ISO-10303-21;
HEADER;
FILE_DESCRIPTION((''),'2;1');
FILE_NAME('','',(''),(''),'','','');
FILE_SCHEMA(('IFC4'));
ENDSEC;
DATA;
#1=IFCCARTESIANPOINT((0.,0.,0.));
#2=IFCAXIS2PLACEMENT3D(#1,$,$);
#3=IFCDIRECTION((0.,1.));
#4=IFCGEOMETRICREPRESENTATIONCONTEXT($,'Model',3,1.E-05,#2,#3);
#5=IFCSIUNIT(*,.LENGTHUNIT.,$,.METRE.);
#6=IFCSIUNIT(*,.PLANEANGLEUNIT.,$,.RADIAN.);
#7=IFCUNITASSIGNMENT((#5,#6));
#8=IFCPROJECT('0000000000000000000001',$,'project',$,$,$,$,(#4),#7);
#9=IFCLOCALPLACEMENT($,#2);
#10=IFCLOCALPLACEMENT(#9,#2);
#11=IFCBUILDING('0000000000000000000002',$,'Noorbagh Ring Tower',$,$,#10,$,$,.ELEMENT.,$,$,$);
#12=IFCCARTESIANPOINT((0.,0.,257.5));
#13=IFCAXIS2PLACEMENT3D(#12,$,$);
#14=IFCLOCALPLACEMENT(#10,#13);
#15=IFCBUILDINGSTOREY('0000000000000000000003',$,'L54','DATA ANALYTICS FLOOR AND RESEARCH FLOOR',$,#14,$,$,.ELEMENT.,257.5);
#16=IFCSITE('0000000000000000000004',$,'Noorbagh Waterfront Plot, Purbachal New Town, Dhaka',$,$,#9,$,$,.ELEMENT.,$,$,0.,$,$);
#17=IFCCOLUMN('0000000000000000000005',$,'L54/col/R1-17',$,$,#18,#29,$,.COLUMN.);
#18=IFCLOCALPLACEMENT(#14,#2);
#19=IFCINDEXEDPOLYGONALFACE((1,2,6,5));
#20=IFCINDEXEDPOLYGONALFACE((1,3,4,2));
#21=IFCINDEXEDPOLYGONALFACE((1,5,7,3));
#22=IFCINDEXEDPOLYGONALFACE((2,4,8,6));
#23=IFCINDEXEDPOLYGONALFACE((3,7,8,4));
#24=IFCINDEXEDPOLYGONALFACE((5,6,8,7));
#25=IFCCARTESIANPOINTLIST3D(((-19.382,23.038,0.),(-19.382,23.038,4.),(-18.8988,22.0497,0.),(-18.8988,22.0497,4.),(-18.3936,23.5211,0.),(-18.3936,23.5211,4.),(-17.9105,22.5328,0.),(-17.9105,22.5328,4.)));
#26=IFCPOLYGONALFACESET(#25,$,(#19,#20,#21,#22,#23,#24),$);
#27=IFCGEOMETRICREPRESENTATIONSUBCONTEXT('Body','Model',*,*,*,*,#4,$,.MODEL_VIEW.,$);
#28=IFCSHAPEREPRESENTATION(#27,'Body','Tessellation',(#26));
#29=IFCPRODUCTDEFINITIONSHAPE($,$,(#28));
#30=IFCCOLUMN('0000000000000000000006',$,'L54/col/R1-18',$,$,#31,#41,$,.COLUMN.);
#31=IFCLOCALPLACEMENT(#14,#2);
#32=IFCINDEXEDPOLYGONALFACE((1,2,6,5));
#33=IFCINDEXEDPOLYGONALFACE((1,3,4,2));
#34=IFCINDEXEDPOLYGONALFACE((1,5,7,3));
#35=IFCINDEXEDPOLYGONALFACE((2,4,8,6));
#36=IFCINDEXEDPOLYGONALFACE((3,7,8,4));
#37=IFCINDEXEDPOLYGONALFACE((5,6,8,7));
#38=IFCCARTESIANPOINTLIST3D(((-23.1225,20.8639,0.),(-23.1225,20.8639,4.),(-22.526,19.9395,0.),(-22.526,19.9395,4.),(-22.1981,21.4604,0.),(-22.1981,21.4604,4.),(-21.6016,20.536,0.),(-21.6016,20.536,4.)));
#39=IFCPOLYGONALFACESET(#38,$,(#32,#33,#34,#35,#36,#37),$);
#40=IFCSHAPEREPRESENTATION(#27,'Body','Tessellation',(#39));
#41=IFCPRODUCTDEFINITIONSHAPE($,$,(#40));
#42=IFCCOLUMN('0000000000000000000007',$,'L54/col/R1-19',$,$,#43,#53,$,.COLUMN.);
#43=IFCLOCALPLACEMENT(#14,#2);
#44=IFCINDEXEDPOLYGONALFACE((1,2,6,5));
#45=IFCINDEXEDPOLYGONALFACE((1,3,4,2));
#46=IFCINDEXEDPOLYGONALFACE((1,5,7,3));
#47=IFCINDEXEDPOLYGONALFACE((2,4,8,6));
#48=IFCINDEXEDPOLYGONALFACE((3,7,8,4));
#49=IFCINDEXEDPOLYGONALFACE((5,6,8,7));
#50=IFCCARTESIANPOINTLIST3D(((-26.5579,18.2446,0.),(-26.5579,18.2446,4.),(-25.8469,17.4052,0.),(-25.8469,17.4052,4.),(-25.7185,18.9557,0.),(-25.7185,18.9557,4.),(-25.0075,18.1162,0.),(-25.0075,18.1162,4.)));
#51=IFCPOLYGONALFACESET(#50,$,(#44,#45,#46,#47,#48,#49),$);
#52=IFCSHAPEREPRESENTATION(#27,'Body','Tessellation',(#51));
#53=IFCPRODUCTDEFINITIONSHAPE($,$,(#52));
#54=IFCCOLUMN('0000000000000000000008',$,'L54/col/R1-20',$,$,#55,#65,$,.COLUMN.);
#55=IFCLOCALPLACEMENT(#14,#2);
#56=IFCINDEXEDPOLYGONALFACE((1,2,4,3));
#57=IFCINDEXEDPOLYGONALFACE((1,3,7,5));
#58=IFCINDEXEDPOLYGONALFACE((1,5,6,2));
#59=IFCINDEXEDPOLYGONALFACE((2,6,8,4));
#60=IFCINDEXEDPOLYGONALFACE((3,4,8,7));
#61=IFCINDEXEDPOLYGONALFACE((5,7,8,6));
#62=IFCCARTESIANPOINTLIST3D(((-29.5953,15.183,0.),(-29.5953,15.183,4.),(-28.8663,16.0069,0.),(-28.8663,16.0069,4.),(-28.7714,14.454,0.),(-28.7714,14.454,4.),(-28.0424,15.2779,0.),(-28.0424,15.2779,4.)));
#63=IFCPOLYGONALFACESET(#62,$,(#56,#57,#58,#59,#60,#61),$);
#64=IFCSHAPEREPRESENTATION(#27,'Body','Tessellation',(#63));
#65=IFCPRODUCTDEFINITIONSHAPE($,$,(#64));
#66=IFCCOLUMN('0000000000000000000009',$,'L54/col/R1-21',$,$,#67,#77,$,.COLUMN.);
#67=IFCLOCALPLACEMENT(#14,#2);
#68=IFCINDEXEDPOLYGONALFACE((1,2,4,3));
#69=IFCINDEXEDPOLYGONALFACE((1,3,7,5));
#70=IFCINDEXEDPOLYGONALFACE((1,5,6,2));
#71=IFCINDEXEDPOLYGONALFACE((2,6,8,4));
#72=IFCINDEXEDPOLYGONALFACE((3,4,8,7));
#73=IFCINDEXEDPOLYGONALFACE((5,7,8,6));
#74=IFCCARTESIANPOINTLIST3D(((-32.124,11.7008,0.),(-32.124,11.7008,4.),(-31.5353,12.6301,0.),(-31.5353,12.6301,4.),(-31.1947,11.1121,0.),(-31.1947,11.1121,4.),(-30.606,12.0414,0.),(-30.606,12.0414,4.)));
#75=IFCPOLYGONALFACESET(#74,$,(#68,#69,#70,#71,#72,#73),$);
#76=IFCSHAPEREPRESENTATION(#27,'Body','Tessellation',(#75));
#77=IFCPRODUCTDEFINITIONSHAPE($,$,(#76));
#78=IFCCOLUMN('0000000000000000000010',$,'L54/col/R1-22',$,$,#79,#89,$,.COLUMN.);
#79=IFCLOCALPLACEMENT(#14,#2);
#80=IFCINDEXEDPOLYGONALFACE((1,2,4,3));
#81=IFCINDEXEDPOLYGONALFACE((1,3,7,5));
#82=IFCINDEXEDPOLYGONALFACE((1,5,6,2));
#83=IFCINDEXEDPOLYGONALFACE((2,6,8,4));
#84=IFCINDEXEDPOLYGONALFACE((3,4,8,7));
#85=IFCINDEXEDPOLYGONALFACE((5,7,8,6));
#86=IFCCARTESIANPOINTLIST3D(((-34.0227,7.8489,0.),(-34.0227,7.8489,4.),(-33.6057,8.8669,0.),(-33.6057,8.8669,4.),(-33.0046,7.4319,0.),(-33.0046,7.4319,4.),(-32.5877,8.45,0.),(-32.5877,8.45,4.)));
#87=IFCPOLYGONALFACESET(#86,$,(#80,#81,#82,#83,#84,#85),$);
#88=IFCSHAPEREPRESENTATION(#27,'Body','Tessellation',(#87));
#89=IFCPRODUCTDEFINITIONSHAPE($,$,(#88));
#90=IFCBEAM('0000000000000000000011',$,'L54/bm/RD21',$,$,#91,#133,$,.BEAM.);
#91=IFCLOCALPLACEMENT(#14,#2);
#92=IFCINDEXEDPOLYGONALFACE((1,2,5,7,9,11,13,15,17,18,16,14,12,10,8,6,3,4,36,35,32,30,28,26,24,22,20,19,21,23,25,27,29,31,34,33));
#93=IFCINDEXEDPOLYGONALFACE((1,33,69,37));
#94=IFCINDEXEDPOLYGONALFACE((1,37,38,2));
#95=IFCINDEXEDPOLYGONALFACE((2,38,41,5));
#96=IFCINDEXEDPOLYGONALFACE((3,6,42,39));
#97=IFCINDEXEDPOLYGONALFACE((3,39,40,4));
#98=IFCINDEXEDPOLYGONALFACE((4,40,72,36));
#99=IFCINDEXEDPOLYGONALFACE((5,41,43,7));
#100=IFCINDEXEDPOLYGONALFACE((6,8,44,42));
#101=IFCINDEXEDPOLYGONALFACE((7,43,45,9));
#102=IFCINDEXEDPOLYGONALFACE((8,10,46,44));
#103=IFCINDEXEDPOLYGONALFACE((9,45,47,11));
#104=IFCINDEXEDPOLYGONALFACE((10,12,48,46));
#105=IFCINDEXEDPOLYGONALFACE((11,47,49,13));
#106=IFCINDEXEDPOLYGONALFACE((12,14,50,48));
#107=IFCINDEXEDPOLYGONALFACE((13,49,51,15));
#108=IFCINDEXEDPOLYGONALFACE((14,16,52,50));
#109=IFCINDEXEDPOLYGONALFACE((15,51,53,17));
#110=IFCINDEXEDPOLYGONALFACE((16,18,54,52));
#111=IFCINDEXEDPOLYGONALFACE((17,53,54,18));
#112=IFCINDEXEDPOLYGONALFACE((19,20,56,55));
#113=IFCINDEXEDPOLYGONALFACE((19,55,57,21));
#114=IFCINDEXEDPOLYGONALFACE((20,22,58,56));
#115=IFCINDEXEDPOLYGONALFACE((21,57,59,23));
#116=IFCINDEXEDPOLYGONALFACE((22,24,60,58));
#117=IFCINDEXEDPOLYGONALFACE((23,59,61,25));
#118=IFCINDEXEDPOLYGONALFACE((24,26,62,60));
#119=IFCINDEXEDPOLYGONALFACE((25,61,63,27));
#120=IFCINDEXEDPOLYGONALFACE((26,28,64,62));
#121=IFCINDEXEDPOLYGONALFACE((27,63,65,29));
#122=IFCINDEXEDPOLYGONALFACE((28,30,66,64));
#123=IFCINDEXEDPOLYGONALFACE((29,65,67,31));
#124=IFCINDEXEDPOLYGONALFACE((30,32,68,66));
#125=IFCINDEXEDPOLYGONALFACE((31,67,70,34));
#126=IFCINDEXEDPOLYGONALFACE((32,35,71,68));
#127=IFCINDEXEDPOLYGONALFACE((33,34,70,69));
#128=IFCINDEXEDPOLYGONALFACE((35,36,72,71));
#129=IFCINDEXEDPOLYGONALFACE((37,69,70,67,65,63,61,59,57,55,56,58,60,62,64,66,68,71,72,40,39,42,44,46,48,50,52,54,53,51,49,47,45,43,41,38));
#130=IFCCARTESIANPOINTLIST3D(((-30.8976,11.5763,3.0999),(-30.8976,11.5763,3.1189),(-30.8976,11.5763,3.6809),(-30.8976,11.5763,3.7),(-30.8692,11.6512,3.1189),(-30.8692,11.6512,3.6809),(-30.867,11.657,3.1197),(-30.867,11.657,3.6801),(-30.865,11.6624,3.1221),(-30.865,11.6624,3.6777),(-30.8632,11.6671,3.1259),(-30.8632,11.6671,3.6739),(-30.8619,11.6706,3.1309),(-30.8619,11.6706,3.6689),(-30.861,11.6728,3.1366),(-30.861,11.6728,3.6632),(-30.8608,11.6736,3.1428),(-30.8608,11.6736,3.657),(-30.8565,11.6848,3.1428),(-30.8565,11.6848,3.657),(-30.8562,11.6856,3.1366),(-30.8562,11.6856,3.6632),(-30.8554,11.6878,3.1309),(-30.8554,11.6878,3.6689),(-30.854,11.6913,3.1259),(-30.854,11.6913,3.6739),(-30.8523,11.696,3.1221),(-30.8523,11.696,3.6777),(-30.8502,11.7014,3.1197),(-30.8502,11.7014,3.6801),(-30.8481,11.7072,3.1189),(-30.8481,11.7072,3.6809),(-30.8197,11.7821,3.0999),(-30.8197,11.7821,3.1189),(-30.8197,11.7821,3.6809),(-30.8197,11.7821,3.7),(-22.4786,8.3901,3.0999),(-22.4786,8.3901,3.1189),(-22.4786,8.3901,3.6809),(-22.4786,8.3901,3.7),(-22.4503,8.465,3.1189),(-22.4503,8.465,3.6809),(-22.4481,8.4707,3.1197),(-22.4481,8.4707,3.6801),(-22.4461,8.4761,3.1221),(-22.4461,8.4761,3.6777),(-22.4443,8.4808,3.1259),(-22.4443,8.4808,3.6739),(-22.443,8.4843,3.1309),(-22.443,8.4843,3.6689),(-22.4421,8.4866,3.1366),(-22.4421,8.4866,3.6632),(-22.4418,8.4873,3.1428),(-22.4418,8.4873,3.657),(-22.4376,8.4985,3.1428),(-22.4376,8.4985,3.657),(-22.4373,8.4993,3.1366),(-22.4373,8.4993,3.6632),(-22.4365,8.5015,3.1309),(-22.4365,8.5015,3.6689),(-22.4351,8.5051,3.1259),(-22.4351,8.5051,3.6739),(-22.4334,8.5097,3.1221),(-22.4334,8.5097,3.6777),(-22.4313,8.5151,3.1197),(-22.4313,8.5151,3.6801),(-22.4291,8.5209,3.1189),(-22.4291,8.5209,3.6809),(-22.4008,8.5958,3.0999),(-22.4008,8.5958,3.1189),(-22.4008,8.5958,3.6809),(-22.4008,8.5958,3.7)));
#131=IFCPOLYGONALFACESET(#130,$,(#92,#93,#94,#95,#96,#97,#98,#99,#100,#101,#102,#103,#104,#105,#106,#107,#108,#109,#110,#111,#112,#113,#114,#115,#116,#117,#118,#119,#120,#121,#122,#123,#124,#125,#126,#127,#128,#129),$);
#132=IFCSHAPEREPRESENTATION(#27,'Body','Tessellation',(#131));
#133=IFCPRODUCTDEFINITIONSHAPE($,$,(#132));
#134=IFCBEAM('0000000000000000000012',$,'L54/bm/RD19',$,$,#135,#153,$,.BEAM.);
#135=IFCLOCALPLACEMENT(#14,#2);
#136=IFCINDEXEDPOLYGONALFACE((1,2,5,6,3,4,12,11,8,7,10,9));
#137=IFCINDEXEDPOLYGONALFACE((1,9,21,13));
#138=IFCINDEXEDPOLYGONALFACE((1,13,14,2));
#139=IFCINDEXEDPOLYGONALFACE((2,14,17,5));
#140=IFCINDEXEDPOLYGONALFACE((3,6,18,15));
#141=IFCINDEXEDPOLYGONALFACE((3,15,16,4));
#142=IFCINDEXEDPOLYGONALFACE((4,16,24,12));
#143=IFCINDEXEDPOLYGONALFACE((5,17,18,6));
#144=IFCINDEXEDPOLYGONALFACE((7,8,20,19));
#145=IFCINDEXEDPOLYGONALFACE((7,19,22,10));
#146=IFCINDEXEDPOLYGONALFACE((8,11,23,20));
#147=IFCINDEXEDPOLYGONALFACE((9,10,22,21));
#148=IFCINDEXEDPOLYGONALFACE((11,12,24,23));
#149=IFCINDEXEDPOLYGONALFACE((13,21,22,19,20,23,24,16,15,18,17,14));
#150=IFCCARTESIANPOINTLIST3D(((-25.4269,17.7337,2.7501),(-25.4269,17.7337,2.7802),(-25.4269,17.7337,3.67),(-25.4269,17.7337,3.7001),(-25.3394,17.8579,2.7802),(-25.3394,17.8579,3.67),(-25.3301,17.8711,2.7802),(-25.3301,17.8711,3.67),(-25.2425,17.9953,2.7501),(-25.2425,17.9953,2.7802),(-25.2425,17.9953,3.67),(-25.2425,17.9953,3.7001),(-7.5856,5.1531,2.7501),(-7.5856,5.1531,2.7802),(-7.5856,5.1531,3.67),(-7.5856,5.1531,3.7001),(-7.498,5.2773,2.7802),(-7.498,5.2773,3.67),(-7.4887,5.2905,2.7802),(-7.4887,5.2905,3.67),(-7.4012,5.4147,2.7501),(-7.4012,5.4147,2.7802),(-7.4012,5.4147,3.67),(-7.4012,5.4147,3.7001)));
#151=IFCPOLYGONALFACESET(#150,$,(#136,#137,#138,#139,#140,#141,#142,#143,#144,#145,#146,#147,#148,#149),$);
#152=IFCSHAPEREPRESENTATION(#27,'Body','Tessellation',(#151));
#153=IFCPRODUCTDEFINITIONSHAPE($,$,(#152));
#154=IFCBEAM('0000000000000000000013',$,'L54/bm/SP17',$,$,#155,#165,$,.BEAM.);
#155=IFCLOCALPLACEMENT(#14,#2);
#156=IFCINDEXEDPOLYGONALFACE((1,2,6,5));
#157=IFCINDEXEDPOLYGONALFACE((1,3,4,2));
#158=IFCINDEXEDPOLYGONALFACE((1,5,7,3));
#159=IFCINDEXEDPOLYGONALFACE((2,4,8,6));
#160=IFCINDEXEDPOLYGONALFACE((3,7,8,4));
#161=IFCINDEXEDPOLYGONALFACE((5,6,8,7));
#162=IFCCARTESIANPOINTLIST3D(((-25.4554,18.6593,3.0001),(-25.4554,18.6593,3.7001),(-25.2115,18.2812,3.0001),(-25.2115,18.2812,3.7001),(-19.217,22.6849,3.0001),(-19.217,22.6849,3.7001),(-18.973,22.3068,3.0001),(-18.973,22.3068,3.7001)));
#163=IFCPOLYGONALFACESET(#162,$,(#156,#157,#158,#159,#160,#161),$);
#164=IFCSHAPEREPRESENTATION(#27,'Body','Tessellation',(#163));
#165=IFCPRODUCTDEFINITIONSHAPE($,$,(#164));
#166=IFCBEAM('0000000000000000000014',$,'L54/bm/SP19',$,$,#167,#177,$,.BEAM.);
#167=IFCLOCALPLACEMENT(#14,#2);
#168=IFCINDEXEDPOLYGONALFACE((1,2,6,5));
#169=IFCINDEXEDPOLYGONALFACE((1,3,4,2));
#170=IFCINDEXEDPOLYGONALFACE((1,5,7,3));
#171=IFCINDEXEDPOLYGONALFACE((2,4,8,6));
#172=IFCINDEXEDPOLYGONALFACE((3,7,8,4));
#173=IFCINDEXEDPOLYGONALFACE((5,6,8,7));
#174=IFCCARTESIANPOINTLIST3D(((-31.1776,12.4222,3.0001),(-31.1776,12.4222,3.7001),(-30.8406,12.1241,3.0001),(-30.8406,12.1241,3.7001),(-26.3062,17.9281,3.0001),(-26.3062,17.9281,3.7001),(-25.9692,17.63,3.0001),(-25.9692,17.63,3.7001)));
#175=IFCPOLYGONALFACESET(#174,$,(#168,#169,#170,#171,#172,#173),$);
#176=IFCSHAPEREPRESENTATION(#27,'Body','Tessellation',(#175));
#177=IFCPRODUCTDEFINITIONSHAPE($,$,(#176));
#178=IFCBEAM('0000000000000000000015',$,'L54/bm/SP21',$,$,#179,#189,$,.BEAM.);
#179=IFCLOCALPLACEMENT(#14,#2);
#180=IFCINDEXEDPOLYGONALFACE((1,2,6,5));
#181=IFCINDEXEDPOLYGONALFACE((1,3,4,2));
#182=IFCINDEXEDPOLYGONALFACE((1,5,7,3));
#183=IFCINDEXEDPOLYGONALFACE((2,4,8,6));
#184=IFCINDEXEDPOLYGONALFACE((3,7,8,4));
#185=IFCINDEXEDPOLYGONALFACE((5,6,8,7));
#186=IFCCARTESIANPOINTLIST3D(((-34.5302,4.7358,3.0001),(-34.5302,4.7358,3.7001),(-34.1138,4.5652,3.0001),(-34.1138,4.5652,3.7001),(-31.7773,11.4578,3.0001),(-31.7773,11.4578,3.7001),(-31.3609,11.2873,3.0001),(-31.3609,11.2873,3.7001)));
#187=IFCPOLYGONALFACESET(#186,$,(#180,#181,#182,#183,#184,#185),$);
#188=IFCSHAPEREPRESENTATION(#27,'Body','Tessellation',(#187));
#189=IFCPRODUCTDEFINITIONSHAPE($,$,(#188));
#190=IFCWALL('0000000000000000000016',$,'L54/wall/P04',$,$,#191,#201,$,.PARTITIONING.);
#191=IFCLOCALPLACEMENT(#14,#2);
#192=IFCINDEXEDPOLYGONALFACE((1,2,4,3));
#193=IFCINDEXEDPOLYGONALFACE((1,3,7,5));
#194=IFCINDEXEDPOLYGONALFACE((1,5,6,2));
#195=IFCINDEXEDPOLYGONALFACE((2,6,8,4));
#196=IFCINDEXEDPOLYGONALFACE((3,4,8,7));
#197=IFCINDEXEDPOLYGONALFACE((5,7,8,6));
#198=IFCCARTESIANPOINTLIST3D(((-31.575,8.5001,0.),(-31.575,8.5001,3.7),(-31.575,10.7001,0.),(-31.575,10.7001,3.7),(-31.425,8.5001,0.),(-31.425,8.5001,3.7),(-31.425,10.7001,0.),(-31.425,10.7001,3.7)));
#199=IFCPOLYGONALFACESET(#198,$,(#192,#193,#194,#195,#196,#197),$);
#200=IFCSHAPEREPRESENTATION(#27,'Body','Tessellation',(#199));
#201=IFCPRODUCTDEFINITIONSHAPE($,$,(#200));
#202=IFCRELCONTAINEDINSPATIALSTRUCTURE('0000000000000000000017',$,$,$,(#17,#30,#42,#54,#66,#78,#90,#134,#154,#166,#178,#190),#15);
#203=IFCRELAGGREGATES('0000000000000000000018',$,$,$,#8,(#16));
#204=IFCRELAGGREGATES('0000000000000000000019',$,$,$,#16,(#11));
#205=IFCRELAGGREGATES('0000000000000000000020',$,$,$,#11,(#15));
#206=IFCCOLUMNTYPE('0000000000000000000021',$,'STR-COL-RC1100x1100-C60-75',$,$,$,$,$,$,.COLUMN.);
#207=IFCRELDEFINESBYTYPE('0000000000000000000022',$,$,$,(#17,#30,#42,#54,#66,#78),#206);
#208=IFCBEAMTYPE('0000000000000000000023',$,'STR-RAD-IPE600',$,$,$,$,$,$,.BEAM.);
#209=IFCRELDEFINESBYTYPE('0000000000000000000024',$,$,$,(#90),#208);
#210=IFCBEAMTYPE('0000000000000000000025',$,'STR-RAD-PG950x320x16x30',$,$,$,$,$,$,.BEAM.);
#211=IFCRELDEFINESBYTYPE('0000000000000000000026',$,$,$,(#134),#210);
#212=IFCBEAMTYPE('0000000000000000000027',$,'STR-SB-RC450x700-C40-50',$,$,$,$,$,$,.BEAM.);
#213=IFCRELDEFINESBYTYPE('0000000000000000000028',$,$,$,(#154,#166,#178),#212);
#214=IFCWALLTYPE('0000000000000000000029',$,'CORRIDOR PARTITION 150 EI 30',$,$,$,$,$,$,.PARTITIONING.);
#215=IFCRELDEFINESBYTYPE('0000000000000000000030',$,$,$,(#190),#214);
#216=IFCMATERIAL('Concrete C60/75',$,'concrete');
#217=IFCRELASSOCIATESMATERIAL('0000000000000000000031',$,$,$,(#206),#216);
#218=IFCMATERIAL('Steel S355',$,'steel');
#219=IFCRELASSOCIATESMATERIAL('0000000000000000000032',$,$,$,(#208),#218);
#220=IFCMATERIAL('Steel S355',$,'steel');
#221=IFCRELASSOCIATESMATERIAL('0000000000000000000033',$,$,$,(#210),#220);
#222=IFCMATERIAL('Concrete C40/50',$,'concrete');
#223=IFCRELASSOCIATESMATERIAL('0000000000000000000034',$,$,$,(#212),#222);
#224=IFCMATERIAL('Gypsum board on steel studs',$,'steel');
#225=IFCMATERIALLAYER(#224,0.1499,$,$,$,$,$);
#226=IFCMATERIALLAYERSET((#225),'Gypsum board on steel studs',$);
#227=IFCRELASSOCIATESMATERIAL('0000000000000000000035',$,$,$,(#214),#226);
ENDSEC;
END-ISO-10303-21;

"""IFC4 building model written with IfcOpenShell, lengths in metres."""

from ifc_helpers import new_model, si_unit, direction, frame, frame_2d, origin, origin_2d, place, context, subcontext, project, spatial, rectangle, i_section, extrude, material, layer, layer_set, material_profile, profile_set, type_object, element, save


model = new_model("IFC4")

# Units and contexts
model_context = context("Model", 3, precision=1e-05, world=origin(), true_north=direction((0.0, 1.0)))
body_context = subcontext(model_context, "Body", "Model", "MODEL_VIEW")
ifc_project = project(units=[si_unit("LENGTHUNIT", "METRE"), si_unit("PLANEANGLEUNIT", "RADIAN")], contexts=[model_context])

# Site, building, storey
site_placement = place(None, origin())
site = spatial("IfcSite", under=ifc_project, at=site_placement, Name="Noorbagh Waterfront Plot, Purbachal New Town, Dhaka", CompositionType="ELEMENT", RefElevation=0.0)
building_placement = place(site_placement, origin())
building = spatial("IfcBuilding", under=site, at=building_placement, Name="Noorbagh Ring Tower", CompositionType="ELEMENT")
storey_placement = place(building_placement, frame((0.0, 0.0, 257.5)))
storey = spatial("IfcBuildingStorey", under=building, at=storey_placement, Name="L54", Description="DATA ANALYTICS FLOOR AND RESEARCH FLOOR", CompositionType="ELEMENT", Elevation=257.5)

# Columns
ifc_material_1 = material(Name="Concrete C60/75", Category="concrete")
ifc_material_profile_1 = material_profile(ifc_material_1, rectangle(XDim=1.1001, YDim=1.1001, at=origin_2d()), Name="RC1100x1100")
ifc_profile_set_1 = profile_set([ifc_material_profile_1], Name="Concrete C60/75")
column_type = type_object("IfcColumnType", Name="STR-COL-RC1100x1100-C60-75", PredefinedType="COLUMN", material=ifc_profile_set_1)
for number, where, z_axis, x_axis, name in (
    (1, (-18.6462, 22.7854, 0.0), (0.0, 0.0, 1.0), (-0.898399, -0.43918, 0.0), "L54/col/R1-17"),
    (2, (-22.3621, 20.7, 0.0), (0.0, 0.0, 1.0), (-0.840248, -0.542203, 0.0), "L54/col/R1-18"),
    (3, (-25.7827, 18.1804, 0.0), (0.0, 0.0, 1.0), (-0.763035, -0.646357, 0.0), "L54/col/R1-19"),
    (4, (-28.8188, 15.2305, 0.0), (0.0, 0.0, 1.0), (-0.662636, -0.748942, 0.0), "L54/col/R1-20"),
    (5, (-31.365, 11.8711, 0.0), (0.0, 0.0, 1.0), (-0.53519, -0.844731, 0.0), "L54/col/R1-21"),
    (6, (-33.3052, 8.1494, 0.0), (0.0, 0.0, 1.0), (-0.378989, -0.925401, 0.0), "L54/col/R1-22"),
):
    element("IfcColumn", number, at=place(storey_placement, frame(where, z_axis=z_axis, x_axis=x_axis)), inside=storey, type_object=column_type, Name=name, PredefinedType="COLUMN", context=body_context, shape_type="SweptSolid", body=[
        extrude(rectangle(XDim=1.1001, YDim=1.1001, at=origin_2d()), origin(), (0.0, 0.0, 1.0), 4.0),
    ])

# Beams
ifc_material_2 = material(Name="Steel S355", Category="steel")
ifc_material_profile_2 = material_profile(ifc_material_2, i_section(OverallWidth=0.22, OverallDepth=0.6001, WebThickness=0.012, FlangeThickness=0.019, FilletRadius=0.0239, at=origin_2d()), Name="IPE600")
ifc_profile_set_2 = profile_set([ifc_material_profile_2], Name="Steel S355")
beam_type_1 = type_object("IfcBeamType", Name="STR-RAD-IPE600", PredefinedType="BEAM", material=ifc_profile_set_2)
beam_1_placement = place(storey_placement, frame((-30.8586, 11.6792, 3.3999), z_axis=(0.935259, -0.353963, 0.0), x_axis=(0.353963, 0.935259, 0.0)))
element("IfcBeam", 7, at=beam_1_placement, inside=storey, type_object=beam_type_1, Name="L54/bm/RD21", PredefinedType="BEAM", context=body_context, shape_type="SweptSolid", body=[
    extrude(i_section(OverallWidth=0.22, OverallDepth=0.6001, WebThickness=0.012, FlangeThickness=0.019, FilletRadius=0.0239, at=origin_2d()), origin(), (0.0, 0.0, 1.0), 9.0017),
])
ifc_material_3 = material(Name="Steel S355", Category="steel")
ifc_material_profile_3 = material_profile(ifc_material_3, i_section(OverallWidth=0.3201, OverallDepth=0.95, WebThickness=0.0161, FlangeThickness=0.03, at=origin_2d()), Name="PG950x320x16x30")
ifc_profile_set_3 = profile_set([ifc_material_profile_3], Name="Steel S355")
beam_type_2 = type_object("IfcBeamType", Name="STR-RAD-PG950x320x16x30", PredefinedType="BEAM", material=ifc_profile_set_3)
beam_2_placement = place(storey_placement, frame((-25.3347, 17.8645, 3.2251), z_axis=(0.817255, -0.576277, 0.0), x_axis=(0.576277, 0.817255, 0.0)))
element("IfcBeam", 8, at=beam_2_placement, inside=storey, type_object=beam_type_2, Name="L54/bm/RD19", PredefinedType="BEAM", context=body_context, shape_type="SweptSolid", body=[
    extrude(i_section(OverallWidth=0.3201, OverallDepth=0.95, WebThickness=0.0161, FlangeThickness=0.03, at=origin_2d()), origin(), (0.0, 0.0, 1.0), 21.8308),
])
ifc_material_4 = material(Name="Concrete C40/50", Category="concrete")
ifc_material_profile_4 = material_profile(ifc_material_4, rectangle(XDim=0.45, YDim=0.7, at=origin_2d()), Name="RC450x700")
ifc_profile_set_4 = profile_set([ifc_material_profile_4], Name="Concrete C40/50")
beam_type_3 = type_object("IfcBeamType", Name="STR-SB-RC450x700-C40-50", PredefinedType="BEAM", material=ifc_profile_set_4)
beam_3_placement = place(storey_placement, frame((-19.095, 22.4958, 3.3501), z_axis=(-0.840249, -0.542201, 0.0), x_axis=(0.542201, -0.840249, 0.0)))
element("IfcBeam", 9, at=beam_3_placement, inside=storey, type_object=beam_type_3, Name="L54/bm/SP17", PredefinedType="BEAM", context=body_context, shape_type="SweptSolid", body=[
    extrude(rectangle(XDim=0.45, YDim=0.7, at=origin_2d()), origin(), (0.0, 0.0, 1.0), 7.4246),
])
beam_4_placement = place(storey_placement, frame((-26.1377, 17.7791, 3.3501), z_axis=(-0.662633, -0.748945, 0.0), x_axis=(0.748945, -0.662633, 0.0)))
element("IfcBeam", 10, at=beam_4_placement, inside=storey, type_object=beam_type_3, Name="L54/bm/SP19", PredefinedType="BEAM", context=body_context, shape_type="SweptSolid", body=[
    extrude(rectangle(XDim=0.45, YDim=0.7, at=origin_2d()), origin(), (0.0, 0.0, 1.0), 7.3516),
])
beam_5_placement = place(storey_placement, frame((-31.5691, 11.3726, 3.3501), z_axis=(-0.378981, -0.925404, 0.0), x_axis=(0.925404, -0.378981, 0.0)))
element("IfcBeam", 11, at=beam_5_placement, inside=storey, type_object=beam_type_3, Name="L54/bm/SP21", PredefinedType="BEAM", context=body_context, shape_type="SweptSolid", body=[
    extrude(rectangle(XDim=0.45, YDim=0.7, at=origin_2d()), origin(), (0.0, 0.0, 1.0), 7.2639),
])

# Wall
ifc_material_5 = material(Name="Gypsum board on steel studs", Category="steel")
ifc_layer_1 = layer(ifc_material_5, 0.1499)
ifc_layer_set_1 = layer_set([ifc_layer_1], Name="Gypsum board on steel studs")
wall_type_1 = type_object("IfcWallType", Name="CORRIDOR PARTITION 150 EI 30", PredefinedType="PARTITIONING", material=ifc_layer_set_1)
wall_1_placement = place(storey_placement, frame((-31.5, 8.5, 0.0), z_axis=(0.0, 0.0, 1.0), x_axis=(0.0, 1.0, 0.0)))
element("IfcWall", 12, at=wall_1_placement, inside=storey, type_object=wall_type_1, Name="L54/wall/P04", PredefinedType="PARTITIONING", context=body_context, shape_type="SweptSolid", body=[
    extrude(rectangle(XDim=2.2, YDim=0.1499, at=frame_2d((1.1001, 0.0))), origin(), (0.0, 0.0, 1.0), 3.7),
])

save(model, "model.ifc")
